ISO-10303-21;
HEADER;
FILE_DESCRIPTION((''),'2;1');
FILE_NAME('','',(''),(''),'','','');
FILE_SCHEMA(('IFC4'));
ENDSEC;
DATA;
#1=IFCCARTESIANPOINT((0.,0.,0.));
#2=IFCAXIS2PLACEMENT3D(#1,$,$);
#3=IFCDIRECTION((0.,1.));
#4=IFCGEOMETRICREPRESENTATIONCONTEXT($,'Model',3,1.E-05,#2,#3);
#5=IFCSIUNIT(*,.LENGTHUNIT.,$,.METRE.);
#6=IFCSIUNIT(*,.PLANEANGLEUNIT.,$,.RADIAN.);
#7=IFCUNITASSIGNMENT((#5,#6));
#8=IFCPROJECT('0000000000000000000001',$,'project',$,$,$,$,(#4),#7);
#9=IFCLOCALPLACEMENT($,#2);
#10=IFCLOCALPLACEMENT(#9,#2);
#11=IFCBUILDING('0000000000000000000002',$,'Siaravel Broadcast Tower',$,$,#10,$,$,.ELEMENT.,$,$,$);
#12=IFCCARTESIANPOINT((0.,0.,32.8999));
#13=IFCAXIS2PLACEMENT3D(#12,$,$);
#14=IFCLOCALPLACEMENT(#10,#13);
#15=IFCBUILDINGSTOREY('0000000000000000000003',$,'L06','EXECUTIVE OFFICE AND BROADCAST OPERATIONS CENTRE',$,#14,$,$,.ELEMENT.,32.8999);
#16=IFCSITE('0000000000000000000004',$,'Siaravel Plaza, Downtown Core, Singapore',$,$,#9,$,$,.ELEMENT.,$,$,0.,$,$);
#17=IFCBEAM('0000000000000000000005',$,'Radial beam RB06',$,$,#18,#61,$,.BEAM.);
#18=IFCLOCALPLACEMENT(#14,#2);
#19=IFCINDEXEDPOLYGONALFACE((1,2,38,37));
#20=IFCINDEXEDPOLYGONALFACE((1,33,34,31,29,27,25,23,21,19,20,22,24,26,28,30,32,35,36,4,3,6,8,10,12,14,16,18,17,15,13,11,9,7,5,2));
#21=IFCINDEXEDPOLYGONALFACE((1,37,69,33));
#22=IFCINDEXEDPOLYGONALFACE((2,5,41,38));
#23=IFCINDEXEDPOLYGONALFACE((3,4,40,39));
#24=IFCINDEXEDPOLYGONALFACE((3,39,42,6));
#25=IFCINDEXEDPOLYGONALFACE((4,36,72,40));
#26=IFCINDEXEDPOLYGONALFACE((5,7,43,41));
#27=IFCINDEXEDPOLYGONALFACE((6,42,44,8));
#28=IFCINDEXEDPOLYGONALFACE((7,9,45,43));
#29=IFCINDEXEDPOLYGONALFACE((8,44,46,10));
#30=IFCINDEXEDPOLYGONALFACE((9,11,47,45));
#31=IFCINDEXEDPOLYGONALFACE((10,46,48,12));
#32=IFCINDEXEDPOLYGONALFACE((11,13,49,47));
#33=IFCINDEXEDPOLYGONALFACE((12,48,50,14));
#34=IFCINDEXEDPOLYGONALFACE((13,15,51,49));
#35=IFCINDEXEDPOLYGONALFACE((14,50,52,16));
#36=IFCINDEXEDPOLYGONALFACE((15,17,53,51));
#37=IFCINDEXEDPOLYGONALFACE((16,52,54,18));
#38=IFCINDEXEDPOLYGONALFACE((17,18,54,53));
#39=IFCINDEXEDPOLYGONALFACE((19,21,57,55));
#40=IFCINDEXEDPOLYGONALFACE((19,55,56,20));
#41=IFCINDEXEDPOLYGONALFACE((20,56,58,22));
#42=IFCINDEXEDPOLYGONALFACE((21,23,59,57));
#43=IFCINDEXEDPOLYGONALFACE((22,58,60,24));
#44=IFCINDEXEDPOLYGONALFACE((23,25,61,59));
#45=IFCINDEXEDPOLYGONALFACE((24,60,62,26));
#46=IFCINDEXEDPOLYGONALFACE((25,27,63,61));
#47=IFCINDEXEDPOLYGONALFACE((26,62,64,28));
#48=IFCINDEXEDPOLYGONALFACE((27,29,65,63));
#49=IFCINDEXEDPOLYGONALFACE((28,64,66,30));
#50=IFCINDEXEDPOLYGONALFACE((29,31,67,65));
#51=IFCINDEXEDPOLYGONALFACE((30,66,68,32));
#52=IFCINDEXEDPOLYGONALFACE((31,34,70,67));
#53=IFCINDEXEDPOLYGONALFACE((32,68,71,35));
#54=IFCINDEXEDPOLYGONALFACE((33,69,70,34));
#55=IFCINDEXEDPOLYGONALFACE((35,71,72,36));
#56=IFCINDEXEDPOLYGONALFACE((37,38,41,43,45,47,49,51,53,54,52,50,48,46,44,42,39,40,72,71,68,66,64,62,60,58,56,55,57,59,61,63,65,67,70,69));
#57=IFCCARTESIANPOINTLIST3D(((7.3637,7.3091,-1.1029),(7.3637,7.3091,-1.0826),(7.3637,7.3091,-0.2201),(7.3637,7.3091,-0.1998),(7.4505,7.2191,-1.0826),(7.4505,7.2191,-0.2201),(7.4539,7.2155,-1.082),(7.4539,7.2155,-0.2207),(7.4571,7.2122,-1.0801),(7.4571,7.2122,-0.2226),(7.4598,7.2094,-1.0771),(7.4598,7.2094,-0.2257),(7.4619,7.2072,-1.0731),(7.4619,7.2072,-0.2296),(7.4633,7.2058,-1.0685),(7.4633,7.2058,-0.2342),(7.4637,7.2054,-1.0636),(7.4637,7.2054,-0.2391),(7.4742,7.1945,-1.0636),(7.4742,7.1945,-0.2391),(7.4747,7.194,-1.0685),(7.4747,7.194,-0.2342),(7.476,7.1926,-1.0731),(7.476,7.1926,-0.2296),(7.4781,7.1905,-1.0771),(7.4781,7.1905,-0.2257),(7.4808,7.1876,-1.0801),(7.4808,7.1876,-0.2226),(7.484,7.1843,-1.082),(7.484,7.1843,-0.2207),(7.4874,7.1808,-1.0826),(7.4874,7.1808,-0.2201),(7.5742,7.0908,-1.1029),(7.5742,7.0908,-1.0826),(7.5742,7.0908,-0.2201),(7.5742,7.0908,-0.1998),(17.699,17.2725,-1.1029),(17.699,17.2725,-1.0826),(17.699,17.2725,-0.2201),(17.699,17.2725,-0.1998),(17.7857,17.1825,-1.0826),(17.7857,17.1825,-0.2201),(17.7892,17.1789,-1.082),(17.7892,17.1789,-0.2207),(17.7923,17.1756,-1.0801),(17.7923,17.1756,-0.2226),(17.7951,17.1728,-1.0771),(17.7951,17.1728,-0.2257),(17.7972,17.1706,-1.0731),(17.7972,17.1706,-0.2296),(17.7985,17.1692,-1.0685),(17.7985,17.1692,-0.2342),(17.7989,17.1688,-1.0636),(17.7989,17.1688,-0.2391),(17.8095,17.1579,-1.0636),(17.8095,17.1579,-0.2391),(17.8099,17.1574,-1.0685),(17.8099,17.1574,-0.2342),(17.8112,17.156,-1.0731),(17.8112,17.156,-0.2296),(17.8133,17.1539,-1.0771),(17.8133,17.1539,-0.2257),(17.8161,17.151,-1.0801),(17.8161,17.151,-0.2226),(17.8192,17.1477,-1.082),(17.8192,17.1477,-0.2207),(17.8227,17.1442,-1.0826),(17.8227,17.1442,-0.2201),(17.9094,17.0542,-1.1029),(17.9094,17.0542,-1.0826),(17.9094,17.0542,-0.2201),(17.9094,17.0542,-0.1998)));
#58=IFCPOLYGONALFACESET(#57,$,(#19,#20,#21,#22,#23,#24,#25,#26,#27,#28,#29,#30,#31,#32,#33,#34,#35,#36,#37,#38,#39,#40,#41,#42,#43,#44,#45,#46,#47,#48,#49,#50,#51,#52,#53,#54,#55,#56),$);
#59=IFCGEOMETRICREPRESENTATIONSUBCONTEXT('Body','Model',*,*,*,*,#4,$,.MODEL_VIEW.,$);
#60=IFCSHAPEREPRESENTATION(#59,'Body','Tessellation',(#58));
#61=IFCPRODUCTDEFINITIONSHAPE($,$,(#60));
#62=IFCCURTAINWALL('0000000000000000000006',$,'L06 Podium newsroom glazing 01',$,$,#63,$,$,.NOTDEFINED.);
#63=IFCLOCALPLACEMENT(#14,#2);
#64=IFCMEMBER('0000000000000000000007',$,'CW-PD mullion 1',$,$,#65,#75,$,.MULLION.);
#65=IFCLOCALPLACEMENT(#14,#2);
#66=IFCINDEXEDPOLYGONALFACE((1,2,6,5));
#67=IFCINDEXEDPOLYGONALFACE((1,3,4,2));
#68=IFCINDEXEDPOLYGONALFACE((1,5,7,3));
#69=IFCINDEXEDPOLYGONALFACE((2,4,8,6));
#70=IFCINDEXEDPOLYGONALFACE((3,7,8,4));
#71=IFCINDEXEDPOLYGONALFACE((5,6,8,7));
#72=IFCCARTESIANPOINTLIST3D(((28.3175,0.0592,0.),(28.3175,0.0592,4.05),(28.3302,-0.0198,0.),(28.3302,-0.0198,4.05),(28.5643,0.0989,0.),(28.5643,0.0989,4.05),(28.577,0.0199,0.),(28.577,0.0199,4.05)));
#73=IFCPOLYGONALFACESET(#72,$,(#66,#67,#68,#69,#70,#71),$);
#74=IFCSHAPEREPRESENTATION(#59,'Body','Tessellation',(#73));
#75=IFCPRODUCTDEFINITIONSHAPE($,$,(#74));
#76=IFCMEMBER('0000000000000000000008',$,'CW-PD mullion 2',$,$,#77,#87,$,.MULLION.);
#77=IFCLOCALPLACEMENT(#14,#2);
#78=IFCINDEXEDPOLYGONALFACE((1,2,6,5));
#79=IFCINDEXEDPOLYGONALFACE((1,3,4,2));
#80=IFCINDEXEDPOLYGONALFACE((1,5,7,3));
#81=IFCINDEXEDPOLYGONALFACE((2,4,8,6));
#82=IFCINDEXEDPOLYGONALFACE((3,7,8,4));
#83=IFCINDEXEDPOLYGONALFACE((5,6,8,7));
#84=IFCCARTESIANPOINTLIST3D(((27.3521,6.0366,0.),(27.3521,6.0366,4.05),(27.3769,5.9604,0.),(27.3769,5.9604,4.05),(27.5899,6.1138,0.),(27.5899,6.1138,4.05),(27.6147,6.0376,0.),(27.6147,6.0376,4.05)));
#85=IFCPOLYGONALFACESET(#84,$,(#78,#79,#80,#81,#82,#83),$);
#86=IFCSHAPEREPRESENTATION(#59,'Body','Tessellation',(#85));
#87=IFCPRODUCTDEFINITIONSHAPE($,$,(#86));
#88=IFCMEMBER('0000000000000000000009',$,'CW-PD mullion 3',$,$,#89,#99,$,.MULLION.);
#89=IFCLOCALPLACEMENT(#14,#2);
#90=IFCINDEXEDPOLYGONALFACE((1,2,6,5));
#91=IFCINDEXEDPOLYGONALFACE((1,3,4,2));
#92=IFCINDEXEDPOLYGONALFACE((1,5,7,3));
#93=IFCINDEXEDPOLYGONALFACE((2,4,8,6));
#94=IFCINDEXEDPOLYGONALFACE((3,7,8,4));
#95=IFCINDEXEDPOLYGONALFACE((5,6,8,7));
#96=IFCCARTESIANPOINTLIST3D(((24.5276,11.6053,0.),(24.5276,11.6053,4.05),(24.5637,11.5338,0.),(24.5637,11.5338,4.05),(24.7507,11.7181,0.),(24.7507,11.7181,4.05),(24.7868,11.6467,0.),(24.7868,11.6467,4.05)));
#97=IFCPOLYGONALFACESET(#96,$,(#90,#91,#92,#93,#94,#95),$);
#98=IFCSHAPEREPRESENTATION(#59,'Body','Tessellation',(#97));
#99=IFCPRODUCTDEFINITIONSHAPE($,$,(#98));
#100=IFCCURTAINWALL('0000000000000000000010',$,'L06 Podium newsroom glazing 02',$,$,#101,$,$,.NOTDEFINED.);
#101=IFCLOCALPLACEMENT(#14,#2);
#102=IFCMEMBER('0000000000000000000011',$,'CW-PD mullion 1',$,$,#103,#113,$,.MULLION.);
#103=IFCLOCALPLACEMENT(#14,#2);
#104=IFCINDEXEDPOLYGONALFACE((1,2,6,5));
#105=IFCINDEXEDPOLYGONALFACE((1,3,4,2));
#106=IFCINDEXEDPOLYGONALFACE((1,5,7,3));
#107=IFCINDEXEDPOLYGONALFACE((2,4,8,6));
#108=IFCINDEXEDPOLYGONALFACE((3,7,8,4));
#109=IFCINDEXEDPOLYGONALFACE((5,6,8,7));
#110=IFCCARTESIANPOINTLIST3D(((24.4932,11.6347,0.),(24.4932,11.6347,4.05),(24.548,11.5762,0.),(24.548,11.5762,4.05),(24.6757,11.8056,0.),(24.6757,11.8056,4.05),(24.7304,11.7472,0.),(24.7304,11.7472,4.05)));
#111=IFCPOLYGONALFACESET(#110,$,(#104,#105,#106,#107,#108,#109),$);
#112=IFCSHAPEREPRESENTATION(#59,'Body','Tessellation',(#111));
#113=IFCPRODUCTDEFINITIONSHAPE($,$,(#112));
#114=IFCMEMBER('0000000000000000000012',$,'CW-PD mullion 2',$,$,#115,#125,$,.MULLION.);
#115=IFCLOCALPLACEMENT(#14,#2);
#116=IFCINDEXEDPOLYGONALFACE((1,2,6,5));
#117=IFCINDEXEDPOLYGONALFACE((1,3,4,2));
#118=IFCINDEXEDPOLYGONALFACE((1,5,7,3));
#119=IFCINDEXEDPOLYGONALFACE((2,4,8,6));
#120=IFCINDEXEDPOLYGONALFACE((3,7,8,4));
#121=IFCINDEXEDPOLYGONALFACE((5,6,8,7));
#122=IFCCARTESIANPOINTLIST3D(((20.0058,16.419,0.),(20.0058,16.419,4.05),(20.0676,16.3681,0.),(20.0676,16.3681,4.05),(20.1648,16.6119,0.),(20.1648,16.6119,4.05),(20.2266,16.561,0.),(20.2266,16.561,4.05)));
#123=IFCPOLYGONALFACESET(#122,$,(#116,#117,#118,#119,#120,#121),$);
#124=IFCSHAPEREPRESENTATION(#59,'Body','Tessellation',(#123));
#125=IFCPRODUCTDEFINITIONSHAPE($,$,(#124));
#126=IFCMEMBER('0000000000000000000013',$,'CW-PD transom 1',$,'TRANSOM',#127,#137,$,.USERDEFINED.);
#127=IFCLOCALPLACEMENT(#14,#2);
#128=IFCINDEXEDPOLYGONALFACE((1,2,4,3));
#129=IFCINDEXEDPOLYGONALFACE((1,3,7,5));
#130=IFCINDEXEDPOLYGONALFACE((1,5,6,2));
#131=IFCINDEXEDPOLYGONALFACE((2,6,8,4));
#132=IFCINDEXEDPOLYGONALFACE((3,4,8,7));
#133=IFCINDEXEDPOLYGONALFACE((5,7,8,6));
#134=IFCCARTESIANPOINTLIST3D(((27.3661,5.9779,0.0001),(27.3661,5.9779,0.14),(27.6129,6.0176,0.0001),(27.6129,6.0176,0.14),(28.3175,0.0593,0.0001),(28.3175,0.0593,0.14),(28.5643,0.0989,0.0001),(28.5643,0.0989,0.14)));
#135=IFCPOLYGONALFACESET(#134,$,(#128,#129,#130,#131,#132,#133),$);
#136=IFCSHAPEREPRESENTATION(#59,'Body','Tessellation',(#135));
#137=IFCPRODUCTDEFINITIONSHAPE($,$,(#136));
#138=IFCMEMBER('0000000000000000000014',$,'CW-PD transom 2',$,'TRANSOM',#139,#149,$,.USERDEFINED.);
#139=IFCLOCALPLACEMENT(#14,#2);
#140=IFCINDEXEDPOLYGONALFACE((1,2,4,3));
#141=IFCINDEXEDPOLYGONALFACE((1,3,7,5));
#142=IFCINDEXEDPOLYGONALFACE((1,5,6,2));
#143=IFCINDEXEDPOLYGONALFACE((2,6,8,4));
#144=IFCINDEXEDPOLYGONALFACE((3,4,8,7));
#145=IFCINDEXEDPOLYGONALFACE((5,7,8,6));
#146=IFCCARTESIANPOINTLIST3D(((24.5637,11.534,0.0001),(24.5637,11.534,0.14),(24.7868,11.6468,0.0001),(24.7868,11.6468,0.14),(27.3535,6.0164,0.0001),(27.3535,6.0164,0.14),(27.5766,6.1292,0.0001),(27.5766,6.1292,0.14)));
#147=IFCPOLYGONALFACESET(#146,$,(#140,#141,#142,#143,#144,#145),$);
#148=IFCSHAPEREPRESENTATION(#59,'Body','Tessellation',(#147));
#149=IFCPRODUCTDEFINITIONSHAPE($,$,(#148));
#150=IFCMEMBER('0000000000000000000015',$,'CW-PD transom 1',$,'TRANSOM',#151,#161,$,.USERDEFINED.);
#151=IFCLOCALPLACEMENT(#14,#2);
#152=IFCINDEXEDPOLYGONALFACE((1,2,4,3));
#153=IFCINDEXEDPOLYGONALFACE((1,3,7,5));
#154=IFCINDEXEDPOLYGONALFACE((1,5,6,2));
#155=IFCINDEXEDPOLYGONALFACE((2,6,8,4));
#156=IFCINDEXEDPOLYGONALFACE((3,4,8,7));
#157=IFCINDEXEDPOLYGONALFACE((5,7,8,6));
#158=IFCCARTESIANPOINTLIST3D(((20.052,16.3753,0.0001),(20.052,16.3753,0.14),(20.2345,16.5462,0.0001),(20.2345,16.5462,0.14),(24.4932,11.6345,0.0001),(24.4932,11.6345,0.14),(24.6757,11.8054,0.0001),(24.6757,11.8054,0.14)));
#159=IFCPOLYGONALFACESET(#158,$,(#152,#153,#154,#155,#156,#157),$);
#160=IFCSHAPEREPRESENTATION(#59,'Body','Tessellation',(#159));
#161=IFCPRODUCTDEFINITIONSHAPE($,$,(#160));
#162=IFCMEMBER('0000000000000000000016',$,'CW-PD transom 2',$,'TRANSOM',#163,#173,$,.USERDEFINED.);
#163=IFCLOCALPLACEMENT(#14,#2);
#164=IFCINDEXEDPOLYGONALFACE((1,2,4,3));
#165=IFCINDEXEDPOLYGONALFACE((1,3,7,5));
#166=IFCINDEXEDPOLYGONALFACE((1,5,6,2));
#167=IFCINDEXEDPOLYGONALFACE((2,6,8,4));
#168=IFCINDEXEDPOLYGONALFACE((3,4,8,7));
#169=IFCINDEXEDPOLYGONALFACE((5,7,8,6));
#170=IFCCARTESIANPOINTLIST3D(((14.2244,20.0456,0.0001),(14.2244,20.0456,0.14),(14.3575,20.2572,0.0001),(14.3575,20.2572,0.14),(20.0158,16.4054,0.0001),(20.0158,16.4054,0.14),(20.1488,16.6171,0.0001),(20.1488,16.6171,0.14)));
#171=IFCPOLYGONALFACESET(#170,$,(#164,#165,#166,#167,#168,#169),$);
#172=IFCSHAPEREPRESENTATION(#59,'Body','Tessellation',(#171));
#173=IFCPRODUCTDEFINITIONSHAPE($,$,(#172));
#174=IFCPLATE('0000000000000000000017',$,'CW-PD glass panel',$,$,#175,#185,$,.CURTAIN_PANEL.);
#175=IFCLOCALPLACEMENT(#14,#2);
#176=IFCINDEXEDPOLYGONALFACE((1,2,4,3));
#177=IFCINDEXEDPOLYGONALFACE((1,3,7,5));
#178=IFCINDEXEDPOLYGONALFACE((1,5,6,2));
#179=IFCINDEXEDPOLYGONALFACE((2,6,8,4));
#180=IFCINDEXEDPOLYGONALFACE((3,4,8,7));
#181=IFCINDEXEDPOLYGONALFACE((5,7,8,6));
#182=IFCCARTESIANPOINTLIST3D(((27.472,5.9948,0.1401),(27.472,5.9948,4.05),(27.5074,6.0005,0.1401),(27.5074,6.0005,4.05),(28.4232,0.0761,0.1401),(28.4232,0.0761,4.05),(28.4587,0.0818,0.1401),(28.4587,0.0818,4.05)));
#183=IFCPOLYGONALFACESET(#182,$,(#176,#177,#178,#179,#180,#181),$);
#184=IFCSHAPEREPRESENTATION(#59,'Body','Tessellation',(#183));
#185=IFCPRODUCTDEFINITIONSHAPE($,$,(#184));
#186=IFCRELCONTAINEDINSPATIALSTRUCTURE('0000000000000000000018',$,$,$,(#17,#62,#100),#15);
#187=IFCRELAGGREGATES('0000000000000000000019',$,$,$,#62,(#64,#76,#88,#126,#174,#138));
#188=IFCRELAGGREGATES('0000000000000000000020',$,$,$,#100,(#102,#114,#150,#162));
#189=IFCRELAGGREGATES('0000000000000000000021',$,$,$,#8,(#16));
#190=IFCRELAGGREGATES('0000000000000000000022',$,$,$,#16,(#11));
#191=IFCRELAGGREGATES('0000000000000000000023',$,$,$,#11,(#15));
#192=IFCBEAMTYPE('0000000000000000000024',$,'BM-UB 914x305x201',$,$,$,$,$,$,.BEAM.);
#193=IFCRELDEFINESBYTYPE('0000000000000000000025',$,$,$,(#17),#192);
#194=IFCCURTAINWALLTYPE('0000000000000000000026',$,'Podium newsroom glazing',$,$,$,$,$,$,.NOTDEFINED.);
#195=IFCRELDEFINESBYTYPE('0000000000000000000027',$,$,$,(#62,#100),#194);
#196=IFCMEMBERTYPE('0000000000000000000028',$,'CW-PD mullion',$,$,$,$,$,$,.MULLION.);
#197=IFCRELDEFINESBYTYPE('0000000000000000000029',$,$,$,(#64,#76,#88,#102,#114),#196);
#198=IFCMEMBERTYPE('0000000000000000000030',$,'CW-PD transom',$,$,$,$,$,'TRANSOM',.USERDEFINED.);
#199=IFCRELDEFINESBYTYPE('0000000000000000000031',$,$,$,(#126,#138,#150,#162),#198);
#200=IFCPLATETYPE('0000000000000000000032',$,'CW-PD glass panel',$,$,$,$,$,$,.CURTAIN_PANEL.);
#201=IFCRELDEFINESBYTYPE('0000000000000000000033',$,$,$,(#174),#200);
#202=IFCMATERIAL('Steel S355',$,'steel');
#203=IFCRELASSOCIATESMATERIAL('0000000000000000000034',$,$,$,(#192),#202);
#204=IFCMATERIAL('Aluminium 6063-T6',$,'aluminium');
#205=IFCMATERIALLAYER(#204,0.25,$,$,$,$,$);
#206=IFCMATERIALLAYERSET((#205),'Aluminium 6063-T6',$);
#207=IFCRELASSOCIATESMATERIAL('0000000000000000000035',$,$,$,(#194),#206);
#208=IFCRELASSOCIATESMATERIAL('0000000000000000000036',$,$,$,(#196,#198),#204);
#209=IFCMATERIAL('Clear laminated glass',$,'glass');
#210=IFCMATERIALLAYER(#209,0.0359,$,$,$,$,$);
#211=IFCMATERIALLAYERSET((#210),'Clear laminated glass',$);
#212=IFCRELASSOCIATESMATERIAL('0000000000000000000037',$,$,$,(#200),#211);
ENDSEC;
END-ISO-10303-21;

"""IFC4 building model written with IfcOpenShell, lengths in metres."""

from ifc_helpers import new_model, si_unit, direction, frame, origin, origin_2d, place, context, subcontext, project, spatial, rectangle, i_section, extrude, material, layer, layer_set, material_profile, profile_set, type_object, element, aggregate, save


model = new_model("IFC4")

# Units and contexts
model_context = context("Model", 3, precision=1e-05, world=origin(), true_north=direction((0.0, 1.0)))
body_context = subcontext(model_context, "Body", "Model", "MODEL_VIEW")
ifc_project = project(units=[si_unit("LENGTHUNIT", "METRE"), si_unit("PLANEANGLEUNIT", "RADIAN")], contexts=[model_context])

# Site, building, storey
site_placement = place(None, origin())
site = spatial("IfcSite", under=ifc_project, at=site_placement, Name="Siaravel Plaza, Downtown Core, Singapore", CompositionType="ELEMENT", RefElevation=0.0)
building_placement = place(site_placement, origin())
building = spatial("IfcBuilding", under=site, at=building_placement, Name="Siaravel Broadcast Tower", CompositionType="ELEMENT")
storey_placement = place(building_placement, frame((0.0, 0.0, 32.8999)))
storey = spatial("IfcBuildingStorey", under=building, at=storey_placement, Name="L06", Description="EXECUTIVE OFFICE AND BROADCAST OPERATIONS CENTRE", CompositionType="ELEMENT", Elevation=32.8999)

# Beam
ifc_material_1 = material(Name="Steel S355", Category="steel")
ifc_material_profile_1 = material_profile(ifc_material_1, i_section(OverallWidth=0.3032, OverallDepth=0.9031, WebThickness=0.0151, FlangeThickness=0.0203, FilletRadius=0.019, at=origin_2d()))
ifc_profile_set_1 = profile_set([ifc_material_profile_1], Name="Steel S355")
beam_type = type_object("IfcBeamType", Name="BM-UB 914x305x201", PredefinedType="BEAM", material=ifc_profile_set_1)
beam_1_placement = place(storey_placement, frame((17.8042, 17.1633, -0.6514), z_axis=(-0.719939, -0.694038, 0.0), x_axis=(0.694038, -0.719939, 0.0)))
element("IfcBeam", 1, at=beam_1_placement, inside=storey, type_object=beam_type, Name="Radial beam RB06", PredefinedType="BEAM", context=body_context, shape_type="SweptSolid", body=[
    extrude(i_section(OverallWidth=0.3032, OverallDepth=0.9031, WebThickness=0.0151, FlangeThickness=0.0203, FilletRadius=0.019, at=origin_2d()), origin(), (0.0, 0.0, 1.0), 14.3557),
])

# Curtain walls, members
ifc_material_2 = material(Name="Aluminium 6063-T6", Category="aluminium")
ifc_layer_1 = layer(ifc_material_2, 0.25)
ifc_layer_set_1 = layer_set([ifc_layer_1], Name="Aluminium 6063-T6")
curtain_wall_type = type_object("IfcCurtainWallType", Name="Podium newsroom glazing", PredefinedType="NOTDEFINED", material=ifc_layer_set_1)
curtain_wall_1_placement = place(storey_placement, origin())
curtain_wall_1 = element("IfcCurtainWall", 2, at=curtain_wall_1_placement, inside=storey, type_object=curtain_wall_type, Name="L06 Podium newsroom glazing 01", PredefinedType="NOTDEFINED")
ifc_material_profile_2 = material_profile(ifc_material_2, rectangle(XDim=0.25, YDim=0.0801, at=origin_2d()))
ifc_profile_set_2 = profile_set([ifc_material_profile_2], Name="Aluminium 6063-T6")
member_type_1 = type_object("IfcMemberType", Name="CW-PD mullion", PredefinedType="MULLION", material=ifc_profile_set_2)
member_1_placement = place(storey_placement, frame((28.4473, 0.0396, 0.0), z_axis=(0.0, 0.0, 1.0), x_axis=(-0.987329, -0.158686, 0.0)))
member_1 = element("IfcMember", 3, at=member_1_placement, type_object=member_type_1, Name="CW-PD mullion 1", PredefinedType="MULLION", context=body_context, shape_type="SweptSolid", body=[
    extrude(rectangle(XDim=0.25, YDim=0.0801, at=origin_2d()), origin(), (0.0, 0.0, 1.0), 4.05),
])
member_2_placement = place(storey_placement, frame((27.4834, 6.0371, 0.0), z_axis=(0.0, 0.0, 1.0), x_axis=(-0.951177, -0.308646, 0.0)))
member_2 = element("IfcMember", 4, at=member_2_placement, type_object=member_type_1, Name="CW-PD mullion 2", PredefinedType="MULLION", context=body_context, shape_type="SweptSolid", body=[
    extrude(rectangle(XDim=0.25, YDim=0.0801, at=origin_2d()), origin(), (0.0, 0.0, 1.0), 4.05),
])
member_3_placement = place(storey_placement, frame((24.6572, 11.626, 0.0), z_axis=(0.0, 0.0, 1.0), x_axis=(-0.892391, -0.451262, 0.0)))
member_3 = element("IfcMember", 5, at=member_3_placement, type_object=member_type_1, Name="CW-PD mullion 3", PredefinedType="MULLION", context=body_context, shape_type="SweptSolid", body=[
    extrude(rectangle(XDim=0.25, YDim=0.0801, at=origin_2d()), origin(), (0.0, 0.0, 1.0), 4.05),
])
curtain_wall_2_placement = place(storey_placement, origin())
curtain_wall_2 = element("IfcCurtainWall", 6, at=curtain_wall_2_placement, inside=storey, type_object=curtain_wall_type, Name="L06 Podium newsroom glazing 02", PredefinedType="NOTDEFINED")
member_4_placement = place(storey_placement, frame((24.6118, 11.6909, 0.0), z_axis=(0.0, 0.0, 1.0), x_axis=(-0.729804, -0.683656, 0.0)))
member_4 = element("IfcMember", 7, at=member_4_placement, type_object=member_type_1, Name="CW-PD mullion 1", PredefinedType="MULLION", context=body_context, shape_type="SweptSolid", body=[
    extrude(rectangle(XDim=0.25, YDim=0.0801, at=origin_2d()), origin(), (0.0, 0.0, 1.0), 4.05),
])
member_5_placement = place(storey_placement, frame((20.1162, 16.49, 0.0), z_axis=(0.0, 0.0, 1.0), x_axis=(-0.636218, -0.77151, 0.0)))
member_5 = element("IfcMember", 8, at=member_5_placement, type_object=member_type_1, Name="CW-PD mullion 2", PredefinedType="MULLION", context=body_context, shape_type="SweptSolid", body=[
    extrude(rectangle(XDim=0.25, YDim=0.0801, at=origin_2d()), origin(), (0.0, 0.0, 1.0), 4.05),
])

# Members
ifc_material_profile_3 = material_profile(ifc_material_2, rectangle(XDim=0.25, YDim=0.1399, at=origin_2d()))
ifc_profile_set_3 = profile_set([ifc_material_profile_3], Name="Aluminium 6063-T6")
member_type_2 = type_object("IfcMemberType", Name="CW-PD transom", ElementType="TRANSOM", PredefinedType="USERDEFINED", material=ifc_profile_set_3)
member_6_placement = place(storey_placement, frame((28.4409, 0.0791, 0.0701), z_axis=(-0.15871, 0.987325, 0.0), x_axis=(-0.987325, -0.15871, 0.0)))
member_6 = element("IfcMember", 9, at=member_6_placement, type_object=member_type_2, Name="CW-PD transom 1", ObjectType="TRANSOM", PredefinedType="USERDEFINED", context=body_context, shape_type="SweptSolid", body=[
    extrude(rectangle(XDim=0.25, YDim=0.1399, at=origin_2d()), origin(), (0.0, 0.0, 1.0), 5.9946),
])
member_7_placement = place(storey_placement, frame((27.4651, 6.0728, 0.0701), z_axis=(-0.451221, 0.892412, 0.0), x_axis=(-0.892412, -0.451221, 0.0)))
member_7 = element("IfcMember", 10, at=member_7_placement, type_object=member_type_2, Name="CW-PD transom 2", ObjectType="TRANSOM", PredefinedType="USERDEFINED", context=body_context, shape_type="SweptSolid", body=[
    extrude(rectangle(XDim=0.25, YDim=0.1399, at=origin_2d()), origin(), (0.0, 0.0, 1.0), 6.1829),
])
member_8_placement = place(storey_placement, frame((24.5845, 11.72, 0.0701), z_axis=(-0.683674, 0.729788, 0.0), x_axis=(-0.729788, -0.683674, 0.0)))
member_8 = element("IfcMember", 11, at=member_8_placement, type_object=member_type_2, Name="CW-PD transom 1", ObjectType="TRANSOM", PredefinedType="USERDEFINED", context=body_context, shape_type="SweptSolid", body=[
    extrude(rectangle(XDim=0.25, YDim=0.1399, at=origin_2d()), origin(), (0.0, 0.0, 1.0), 6.4961),
])
member_9_placement = place(storey_placement, frame((20.0823, 16.5112, 0.0701), z_axis=(-0.846642, 0.532163, 0.0), x_axis=(-0.532163, -0.846642, 0.0)))
member_9 = element("IfcMember", 12, at=member_9_placement, type_object=member_type_2, Name="CW-PD transom 2", ObjectType="TRANSOM", PredefinedType="USERDEFINED", context=body_context, shape_type="SweptSolid", body=[
    extrude(rectangle(XDim=0.25, YDim=0.1399, at=origin_2d()), origin(), (0.0, 0.0, 1.0), 6.8403),
])

# Plate
ifc_material_3 = material(Name="Clear laminated glass", Category="glass")
ifc_layer_2 = layer(ifc_material_3, 0.0359)
ifc_layer_set_2 = layer_set([ifc_layer_2], Name="Clear laminated glass")
plate_type = type_object("IfcPlateType", Name="CW-PD glass panel", PredefinedType="CURTAIN_PANEL", material=ifc_layer_set_2)
plate_1_placement = place(storey_placement, frame((27.9653, 3.0383, 0.1401), z_axis=(0.0, 0.0, 1.0), x_axis=(-0.158686, 0.987329, 0.0)))
plate_1 = element("IfcPlate", 13, at=plate_1_placement, type_object=plate_type, Name="CW-PD glass panel", PredefinedType="CURTAIN_PANEL", context=body_context, shape_type="SweptSolid", body=[
    extrude(rectangle(XDim=5.9946, YDim=0.0359, at=origin_2d()), origin(), (0.0, 0.0, 1.0), 3.9099),
])
aggregate(curtain_wall_1, [member_1, member_2, member_3, member_6, plate_1, member_7])
aggregate(curtain_wall_2, [member_4, member_5, member_8, member_9])

save(model, "model.ifc")
